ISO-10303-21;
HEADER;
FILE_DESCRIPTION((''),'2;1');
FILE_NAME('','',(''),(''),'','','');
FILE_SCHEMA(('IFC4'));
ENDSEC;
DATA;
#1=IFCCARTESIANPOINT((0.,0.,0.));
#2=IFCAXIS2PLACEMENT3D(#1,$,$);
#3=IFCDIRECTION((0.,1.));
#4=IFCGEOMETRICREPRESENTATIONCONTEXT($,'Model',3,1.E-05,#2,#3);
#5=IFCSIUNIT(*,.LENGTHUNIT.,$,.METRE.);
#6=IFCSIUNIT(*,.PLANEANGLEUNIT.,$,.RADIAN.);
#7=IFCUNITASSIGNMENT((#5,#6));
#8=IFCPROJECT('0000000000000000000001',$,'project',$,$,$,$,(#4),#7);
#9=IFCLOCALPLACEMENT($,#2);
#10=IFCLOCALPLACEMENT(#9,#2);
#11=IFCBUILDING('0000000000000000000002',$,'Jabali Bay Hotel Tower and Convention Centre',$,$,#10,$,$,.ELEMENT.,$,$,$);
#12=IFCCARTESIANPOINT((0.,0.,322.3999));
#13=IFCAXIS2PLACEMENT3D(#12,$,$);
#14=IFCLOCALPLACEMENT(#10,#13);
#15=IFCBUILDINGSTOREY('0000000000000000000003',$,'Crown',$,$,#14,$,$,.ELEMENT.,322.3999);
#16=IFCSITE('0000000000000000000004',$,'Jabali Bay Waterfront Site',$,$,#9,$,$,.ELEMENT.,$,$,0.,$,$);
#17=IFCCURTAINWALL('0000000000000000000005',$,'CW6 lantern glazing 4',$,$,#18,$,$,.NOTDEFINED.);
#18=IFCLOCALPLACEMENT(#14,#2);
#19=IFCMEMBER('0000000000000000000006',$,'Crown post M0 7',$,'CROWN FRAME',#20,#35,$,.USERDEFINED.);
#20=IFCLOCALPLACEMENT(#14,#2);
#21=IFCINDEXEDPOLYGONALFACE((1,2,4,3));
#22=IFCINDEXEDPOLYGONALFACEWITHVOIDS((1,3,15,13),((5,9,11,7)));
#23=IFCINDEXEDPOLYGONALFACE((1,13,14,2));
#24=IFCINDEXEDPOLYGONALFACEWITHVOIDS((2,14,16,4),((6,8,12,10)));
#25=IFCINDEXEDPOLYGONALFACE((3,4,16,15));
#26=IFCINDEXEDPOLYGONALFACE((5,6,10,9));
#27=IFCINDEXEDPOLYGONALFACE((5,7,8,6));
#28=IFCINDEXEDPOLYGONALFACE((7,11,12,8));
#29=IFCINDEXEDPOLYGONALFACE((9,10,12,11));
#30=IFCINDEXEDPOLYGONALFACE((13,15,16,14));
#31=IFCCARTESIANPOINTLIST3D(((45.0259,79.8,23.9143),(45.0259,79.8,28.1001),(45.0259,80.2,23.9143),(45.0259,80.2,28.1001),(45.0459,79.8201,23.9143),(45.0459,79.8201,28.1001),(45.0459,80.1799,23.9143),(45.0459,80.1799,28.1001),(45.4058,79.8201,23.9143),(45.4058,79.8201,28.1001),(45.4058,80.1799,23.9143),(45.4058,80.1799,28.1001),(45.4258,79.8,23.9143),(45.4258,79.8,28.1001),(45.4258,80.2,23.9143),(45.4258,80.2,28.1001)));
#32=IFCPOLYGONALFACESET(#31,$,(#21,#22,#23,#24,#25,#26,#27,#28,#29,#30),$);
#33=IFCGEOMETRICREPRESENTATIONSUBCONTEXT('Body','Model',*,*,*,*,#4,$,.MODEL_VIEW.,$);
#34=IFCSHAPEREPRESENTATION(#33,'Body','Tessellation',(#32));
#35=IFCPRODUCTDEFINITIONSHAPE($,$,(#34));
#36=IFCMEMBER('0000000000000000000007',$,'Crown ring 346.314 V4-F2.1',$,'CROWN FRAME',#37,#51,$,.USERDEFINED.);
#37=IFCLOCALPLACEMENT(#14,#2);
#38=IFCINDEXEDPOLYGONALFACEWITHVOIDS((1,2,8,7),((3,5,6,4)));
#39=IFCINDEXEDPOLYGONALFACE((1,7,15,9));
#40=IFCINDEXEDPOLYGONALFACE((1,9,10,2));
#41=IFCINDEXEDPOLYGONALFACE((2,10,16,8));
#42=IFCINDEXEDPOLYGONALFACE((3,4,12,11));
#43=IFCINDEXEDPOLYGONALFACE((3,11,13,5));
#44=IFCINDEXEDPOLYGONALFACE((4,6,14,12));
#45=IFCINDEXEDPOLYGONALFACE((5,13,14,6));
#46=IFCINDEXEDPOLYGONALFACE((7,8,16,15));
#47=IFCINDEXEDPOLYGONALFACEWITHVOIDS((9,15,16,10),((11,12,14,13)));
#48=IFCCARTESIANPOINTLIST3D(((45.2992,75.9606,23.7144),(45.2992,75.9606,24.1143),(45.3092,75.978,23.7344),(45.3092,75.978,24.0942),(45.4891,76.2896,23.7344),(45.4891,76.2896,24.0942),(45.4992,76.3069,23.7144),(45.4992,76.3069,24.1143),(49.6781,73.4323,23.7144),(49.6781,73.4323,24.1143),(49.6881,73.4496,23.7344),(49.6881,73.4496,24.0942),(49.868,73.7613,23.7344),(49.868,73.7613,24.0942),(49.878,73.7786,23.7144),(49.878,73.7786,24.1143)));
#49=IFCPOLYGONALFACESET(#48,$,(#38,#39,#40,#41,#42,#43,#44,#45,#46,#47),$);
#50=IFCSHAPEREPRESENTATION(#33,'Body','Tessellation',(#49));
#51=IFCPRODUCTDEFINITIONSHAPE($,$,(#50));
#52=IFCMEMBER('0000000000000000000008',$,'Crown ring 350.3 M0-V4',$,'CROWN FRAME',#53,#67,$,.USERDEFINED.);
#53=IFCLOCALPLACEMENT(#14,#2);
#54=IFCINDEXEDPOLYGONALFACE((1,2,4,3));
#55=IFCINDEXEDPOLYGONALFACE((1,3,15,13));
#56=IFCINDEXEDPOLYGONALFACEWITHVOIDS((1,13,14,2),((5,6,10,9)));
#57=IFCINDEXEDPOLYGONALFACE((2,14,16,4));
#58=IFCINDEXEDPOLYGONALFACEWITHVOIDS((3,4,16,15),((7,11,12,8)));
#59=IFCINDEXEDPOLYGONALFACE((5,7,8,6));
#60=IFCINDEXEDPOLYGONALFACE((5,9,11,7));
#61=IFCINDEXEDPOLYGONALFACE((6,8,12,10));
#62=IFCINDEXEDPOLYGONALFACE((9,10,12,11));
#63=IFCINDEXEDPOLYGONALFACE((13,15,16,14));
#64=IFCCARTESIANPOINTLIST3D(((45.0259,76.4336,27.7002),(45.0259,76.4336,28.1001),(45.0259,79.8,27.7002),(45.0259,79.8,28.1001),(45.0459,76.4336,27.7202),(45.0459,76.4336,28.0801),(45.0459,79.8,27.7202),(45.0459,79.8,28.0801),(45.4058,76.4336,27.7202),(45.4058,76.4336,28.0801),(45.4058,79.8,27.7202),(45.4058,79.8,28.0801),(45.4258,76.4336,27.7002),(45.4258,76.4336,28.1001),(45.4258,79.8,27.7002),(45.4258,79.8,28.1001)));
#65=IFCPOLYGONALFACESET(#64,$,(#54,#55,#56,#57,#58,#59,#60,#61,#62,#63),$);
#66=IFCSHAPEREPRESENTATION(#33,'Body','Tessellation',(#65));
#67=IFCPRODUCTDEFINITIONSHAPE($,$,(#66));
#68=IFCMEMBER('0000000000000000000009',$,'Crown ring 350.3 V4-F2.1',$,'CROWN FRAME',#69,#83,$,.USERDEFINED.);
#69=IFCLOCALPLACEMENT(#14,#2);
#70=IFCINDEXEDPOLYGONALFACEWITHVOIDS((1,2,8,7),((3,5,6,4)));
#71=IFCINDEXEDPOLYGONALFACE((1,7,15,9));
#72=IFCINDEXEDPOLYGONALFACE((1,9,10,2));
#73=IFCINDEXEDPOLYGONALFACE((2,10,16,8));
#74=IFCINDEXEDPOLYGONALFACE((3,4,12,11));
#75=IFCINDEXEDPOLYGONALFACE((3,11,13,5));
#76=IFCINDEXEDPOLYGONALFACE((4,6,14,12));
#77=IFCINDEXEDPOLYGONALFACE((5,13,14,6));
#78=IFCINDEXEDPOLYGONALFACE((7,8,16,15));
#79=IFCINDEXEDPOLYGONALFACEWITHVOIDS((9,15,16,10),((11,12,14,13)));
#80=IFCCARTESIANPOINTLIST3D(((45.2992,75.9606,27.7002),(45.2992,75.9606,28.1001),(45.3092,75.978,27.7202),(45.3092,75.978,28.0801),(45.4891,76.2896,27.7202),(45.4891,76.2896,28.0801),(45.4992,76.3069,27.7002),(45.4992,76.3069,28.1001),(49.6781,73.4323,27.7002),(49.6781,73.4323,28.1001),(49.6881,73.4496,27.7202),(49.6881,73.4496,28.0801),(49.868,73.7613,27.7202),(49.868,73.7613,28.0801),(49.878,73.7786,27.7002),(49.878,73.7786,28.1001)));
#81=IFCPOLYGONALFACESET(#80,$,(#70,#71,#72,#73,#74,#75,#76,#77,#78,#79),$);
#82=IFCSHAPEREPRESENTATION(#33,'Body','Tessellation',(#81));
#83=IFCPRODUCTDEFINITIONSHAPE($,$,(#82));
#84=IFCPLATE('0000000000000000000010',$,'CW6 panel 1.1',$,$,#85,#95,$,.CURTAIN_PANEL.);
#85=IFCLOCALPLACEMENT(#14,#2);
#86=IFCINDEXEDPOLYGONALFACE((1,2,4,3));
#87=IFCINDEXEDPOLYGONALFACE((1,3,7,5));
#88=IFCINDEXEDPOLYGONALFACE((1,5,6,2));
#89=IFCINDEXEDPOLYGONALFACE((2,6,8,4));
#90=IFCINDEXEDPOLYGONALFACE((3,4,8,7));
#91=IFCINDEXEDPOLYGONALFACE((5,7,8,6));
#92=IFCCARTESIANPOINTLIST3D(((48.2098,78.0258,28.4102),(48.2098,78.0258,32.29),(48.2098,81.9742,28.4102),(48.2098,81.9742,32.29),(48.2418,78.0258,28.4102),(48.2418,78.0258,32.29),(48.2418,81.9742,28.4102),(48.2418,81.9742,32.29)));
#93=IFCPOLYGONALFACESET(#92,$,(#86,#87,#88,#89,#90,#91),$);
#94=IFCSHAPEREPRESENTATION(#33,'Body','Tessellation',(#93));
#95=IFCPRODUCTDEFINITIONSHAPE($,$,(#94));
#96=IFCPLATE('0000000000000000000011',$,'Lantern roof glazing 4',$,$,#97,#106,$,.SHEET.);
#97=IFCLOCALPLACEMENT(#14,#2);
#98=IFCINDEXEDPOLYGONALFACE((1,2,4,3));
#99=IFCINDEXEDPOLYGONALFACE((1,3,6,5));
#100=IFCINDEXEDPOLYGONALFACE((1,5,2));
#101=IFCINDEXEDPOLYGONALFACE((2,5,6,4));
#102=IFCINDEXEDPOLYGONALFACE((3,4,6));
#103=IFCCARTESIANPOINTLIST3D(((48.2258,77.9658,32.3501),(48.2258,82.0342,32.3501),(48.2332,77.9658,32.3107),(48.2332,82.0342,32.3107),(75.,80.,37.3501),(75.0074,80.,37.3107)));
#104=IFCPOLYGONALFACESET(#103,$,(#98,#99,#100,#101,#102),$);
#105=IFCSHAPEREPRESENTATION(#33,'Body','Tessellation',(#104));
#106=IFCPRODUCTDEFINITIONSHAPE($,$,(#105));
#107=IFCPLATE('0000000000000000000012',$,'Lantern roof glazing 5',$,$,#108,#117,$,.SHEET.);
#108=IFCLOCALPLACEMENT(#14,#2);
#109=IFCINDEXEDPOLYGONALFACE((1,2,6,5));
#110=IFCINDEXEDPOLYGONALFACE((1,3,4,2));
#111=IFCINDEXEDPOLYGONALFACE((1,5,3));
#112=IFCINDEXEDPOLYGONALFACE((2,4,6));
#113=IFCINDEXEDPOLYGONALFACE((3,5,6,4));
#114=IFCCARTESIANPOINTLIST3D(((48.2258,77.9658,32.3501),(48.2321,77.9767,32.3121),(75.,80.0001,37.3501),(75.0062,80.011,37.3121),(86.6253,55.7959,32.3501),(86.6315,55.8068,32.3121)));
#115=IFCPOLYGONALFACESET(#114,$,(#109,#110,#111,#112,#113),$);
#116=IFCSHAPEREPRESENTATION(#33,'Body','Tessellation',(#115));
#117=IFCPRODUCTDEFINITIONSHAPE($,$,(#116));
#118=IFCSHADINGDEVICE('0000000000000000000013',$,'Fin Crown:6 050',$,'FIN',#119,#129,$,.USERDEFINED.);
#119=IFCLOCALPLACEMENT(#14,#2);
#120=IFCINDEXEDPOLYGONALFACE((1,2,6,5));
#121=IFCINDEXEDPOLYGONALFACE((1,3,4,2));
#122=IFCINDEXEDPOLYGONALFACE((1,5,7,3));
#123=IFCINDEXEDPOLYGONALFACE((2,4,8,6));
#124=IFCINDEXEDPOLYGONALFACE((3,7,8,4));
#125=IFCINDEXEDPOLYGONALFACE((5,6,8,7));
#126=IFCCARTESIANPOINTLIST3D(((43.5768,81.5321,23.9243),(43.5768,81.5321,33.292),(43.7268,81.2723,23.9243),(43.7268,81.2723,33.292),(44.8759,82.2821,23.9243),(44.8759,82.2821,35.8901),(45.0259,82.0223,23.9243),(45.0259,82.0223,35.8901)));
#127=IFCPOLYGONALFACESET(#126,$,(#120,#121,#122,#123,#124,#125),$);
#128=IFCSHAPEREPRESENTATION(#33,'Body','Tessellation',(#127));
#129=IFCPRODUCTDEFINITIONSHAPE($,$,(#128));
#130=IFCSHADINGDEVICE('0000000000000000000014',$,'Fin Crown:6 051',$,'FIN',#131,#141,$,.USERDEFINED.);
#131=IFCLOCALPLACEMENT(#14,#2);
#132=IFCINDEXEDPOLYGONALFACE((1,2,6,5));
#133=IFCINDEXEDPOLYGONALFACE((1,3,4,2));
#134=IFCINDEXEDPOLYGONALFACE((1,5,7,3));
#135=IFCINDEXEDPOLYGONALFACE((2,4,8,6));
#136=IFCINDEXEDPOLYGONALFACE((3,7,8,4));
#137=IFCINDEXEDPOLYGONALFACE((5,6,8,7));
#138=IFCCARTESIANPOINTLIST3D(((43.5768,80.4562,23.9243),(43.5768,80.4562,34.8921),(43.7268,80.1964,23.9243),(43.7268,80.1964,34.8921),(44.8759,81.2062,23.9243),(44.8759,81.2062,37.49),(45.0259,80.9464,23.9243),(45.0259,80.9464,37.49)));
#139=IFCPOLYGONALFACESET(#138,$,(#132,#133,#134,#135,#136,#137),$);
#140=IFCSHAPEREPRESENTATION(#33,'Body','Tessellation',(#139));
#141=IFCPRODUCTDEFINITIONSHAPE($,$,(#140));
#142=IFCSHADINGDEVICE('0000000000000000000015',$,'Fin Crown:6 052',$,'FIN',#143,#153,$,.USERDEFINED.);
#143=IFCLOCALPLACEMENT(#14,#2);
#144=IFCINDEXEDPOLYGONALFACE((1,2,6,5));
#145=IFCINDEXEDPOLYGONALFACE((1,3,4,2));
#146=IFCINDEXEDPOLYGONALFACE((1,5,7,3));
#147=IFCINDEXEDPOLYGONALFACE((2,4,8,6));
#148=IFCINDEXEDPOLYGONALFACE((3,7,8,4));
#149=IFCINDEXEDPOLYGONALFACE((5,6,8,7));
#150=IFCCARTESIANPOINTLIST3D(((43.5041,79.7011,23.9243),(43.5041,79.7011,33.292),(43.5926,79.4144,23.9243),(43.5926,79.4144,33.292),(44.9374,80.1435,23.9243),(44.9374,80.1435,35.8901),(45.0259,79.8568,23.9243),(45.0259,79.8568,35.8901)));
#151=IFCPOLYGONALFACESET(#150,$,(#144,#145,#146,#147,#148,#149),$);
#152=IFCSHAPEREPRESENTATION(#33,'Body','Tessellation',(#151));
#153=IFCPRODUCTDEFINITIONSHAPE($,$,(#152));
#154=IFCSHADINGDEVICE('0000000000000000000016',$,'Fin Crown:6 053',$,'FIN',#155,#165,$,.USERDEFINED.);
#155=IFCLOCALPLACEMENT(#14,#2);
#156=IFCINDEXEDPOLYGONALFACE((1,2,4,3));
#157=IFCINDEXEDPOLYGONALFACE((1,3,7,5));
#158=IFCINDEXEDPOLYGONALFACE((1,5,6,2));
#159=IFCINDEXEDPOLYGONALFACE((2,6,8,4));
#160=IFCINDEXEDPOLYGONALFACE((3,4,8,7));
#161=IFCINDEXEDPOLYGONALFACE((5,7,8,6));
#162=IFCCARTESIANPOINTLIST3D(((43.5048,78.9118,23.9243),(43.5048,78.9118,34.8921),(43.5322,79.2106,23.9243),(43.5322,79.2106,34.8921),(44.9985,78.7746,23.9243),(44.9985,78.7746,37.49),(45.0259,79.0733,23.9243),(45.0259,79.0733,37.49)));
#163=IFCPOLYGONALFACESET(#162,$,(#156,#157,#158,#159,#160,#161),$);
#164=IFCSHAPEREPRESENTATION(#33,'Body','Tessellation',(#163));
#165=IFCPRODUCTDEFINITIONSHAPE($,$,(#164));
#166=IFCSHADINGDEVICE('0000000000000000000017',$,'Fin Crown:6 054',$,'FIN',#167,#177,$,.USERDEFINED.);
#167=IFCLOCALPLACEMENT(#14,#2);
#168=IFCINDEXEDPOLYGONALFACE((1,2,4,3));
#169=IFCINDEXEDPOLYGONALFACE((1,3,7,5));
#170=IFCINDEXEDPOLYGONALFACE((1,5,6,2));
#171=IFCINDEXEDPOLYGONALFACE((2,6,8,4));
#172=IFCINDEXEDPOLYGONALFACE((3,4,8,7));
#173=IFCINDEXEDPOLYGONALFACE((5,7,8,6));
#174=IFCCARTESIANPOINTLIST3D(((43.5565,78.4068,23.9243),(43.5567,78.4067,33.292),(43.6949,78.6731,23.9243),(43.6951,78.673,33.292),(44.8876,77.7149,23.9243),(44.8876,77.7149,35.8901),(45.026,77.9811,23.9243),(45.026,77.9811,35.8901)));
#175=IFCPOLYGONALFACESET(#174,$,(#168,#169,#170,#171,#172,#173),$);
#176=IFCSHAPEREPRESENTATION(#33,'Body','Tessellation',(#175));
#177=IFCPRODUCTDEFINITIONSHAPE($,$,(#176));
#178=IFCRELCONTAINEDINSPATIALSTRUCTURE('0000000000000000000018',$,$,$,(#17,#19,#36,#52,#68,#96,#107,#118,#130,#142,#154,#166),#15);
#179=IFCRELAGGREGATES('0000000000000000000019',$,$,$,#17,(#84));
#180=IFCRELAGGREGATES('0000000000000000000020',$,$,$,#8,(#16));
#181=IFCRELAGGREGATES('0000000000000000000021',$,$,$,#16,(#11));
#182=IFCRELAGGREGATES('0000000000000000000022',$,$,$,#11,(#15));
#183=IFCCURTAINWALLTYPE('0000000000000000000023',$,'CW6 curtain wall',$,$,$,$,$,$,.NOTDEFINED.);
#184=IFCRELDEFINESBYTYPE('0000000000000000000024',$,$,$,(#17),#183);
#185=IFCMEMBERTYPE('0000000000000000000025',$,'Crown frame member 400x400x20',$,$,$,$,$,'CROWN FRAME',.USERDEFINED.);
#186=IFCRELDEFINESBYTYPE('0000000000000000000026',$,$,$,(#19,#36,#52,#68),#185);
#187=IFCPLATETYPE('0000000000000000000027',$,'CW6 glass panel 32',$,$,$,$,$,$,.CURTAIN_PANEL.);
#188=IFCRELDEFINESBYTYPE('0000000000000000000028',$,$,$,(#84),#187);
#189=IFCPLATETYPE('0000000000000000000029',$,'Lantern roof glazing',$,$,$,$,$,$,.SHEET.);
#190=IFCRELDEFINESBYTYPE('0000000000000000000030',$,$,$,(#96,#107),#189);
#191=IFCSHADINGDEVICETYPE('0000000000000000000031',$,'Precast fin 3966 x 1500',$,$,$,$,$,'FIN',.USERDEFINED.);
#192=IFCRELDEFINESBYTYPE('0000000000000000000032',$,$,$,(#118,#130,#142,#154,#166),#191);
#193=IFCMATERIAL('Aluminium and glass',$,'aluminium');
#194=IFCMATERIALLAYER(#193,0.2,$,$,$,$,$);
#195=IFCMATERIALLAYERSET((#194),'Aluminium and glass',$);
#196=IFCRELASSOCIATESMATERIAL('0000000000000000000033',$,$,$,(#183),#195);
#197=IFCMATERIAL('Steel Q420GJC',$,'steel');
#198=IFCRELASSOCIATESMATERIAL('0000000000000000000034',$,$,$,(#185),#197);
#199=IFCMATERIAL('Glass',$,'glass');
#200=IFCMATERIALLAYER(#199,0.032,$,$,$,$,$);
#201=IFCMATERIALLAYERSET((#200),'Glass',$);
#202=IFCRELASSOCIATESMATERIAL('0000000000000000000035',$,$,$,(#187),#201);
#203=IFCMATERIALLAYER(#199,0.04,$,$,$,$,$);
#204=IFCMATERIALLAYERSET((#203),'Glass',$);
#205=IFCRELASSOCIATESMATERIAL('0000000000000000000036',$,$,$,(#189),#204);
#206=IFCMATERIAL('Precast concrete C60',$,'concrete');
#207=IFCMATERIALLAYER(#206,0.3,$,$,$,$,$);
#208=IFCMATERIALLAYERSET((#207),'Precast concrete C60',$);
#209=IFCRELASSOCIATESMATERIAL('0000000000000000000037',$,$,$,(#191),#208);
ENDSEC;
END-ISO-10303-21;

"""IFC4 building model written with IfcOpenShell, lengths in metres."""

from ifc_helpers import new_model, si_unit, direction, frame, origin, origin_2d, place, context, subcontext, project, spatial, polyline, rectangle, hollow_rectangle, outline, extrude, material, layer, layer_set, material_profile, profile_set, type_object, element, aggregate, save


model = new_model("IFC4")

# Units and contexts
model_context = context("Model", 3, precision=1e-05, world=origin(), true_north=direction((0.0, 1.0)))
body_context = subcontext(model_context, "Body", "Model", "MODEL_VIEW")
ifc_project = project(units=[si_unit("LENGTHUNIT", "METRE"), si_unit("PLANEANGLEUNIT", "RADIAN")], contexts=[model_context])

# Site, building, storey
site_placement = place(None, origin())
site = spatial("IfcSite", under=ifc_project, at=site_placement, Name="Jabali Bay Waterfront Site", CompositionType="ELEMENT", RefElevation=0.0)
building_placement = place(site_placement, origin())
building = spatial("IfcBuilding", under=site, at=building_placement, Name="Jabali Bay Hotel Tower and Convention Centre", CompositionType="ELEMENT")
storey_placement = place(building_placement, frame((0.0, 0.0, 322.3999)))
storey = spatial("IfcBuildingStorey", under=building, at=storey_placement, Name="Crown", CompositionType="ELEMENT", Elevation=322.3999)

# Shared definitions
ifc_material_1 = material(Name="Aluminium and glass", Category="aluminium")
ifc_layer_1 = layer(ifc_material_1, 0.2)
ifc_layer_set_1 = layer_set([ifc_layer_1], Name="Aluminium and glass")
curtain_wall_type = type_object("IfcCurtainWallType", Name="CW6 curtain wall", PredefinedType="NOTDEFINED", material=ifc_layer_set_1)

# Curtain wall
curtain_wall_1_placement = place(storey_placement, origin())
curtain_wall_1 = element("IfcCurtainWall", 1, at=curtain_wall_1_placement, inside=storey, type_object=curtain_wall_type, Name="CW6 lantern glazing 4", PredefinedType="NOTDEFINED")

# Members
ifc_material_2 = material(Name="Steel Q420GJC", Category="steel")
ifc_material_profile_1 = material_profile(ifc_material_2, hollow_rectangle(XDim=0.3999, YDim=0.3999, WallThickness=0.02, at=origin_2d()), Name="Crown frame member 400x400x20")
ifc_profile_set_1 = profile_set([ifc_material_profile_1], Name="Steel Q420GJC")
member_type_1 = type_object("IfcMemberType", Name="Crown frame member 400x400x20", ElementType="CROWN FRAME", PredefinedType="USERDEFINED", material=ifc_profile_set_1)
member_1_placement = place(storey_placement, frame((45.2258, 80.0, 23.9143), z_axis=(0.0, 0.0, 1.0), x_axis=(1.0, 0.0, 0.0)))
element("IfcMember", 2, at=member_1_placement, inside=storey, type_object=member_type_1, Name="Crown post M0 7", ObjectType="CROWN FRAME", PredefinedType="USERDEFINED", context=body_context, shape_type="SweptSolid", body=[
    extrude(hollow_rectangle(XDim=0.3999, YDim=0.3999, WallThickness=0.02, at=origin_2d()), origin(), (0.0, 0.0, 1.0), 4.1858),
])
member_2_placement = place(storey_placement, frame((45.3992, 76.1338, 23.9143), z_axis=(0.866012, -0.500023, 0.0), x_axis=(0.500023, 0.866012, 0.0)))
element("IfcMember", 3, at=member_2_placement, inside=storey, type_object=member_type_1, Name="Crown ring 346.314 V4-F2.1", ObjectType="CROWN FRAME", PredefinedType="USERDEFINED", context=body_context, shape_type="SweptSolid", body=[
    extrude(hollow_rectangle(XDim=0.3999, YDim=0.3999, WallThickness=0.02, at=origin_2d()), origin(), (0.0, 0.0, 1.0), 5.0564),
])
member_3_placement = place(storey_placement, frame((45.2258, 79.8, 27.9001), z_axis=(0.0, -1.0, 0.0), x_axis=(1.0, 0.0, 0.0)))
element("IfcMember", 4, at=member_3_placement, inside=storey, type_object=member_type_1, Name="Crown ring 350.3 M0-V4", ObjectType="CROWN FRAME", PredefinedType="USERDEFINED", context=body_context, shape_type="SweptSolid", body=[
    extrude(hollow_rectangle(XDim=0.3999, YDim=0.3999, WallThickness=0.02, at=origin_2d()), origin(), (0.0, 0.0, 1.0), 3.3665),
])
member_4_placement = place(storey_placement, frame((45.3992, 76.1338, 27.9001), z_axis=(0.866012, -0.500023, 0.0), x_axis=(0.500023, 0.866012, 0.0)))
element("IfcMember", 5, at=member_4_placement, inside=storey, type_object=member_type_1, Name="Crown ring 350.3 V4-F2.1", ObjectType="CROWN FRAME", PredefinedType="USERDEFINED", context=body_context, shape_type="SweptSolid", body=[
    extrude(hollow_rectangle(XDim=0.3999, YDim=0.3999, WallThickness=0.02, at=origin_2d()), origin(), (0.0, 0.0, 1.0), 5.0564),
])

# Plate
ifc_material_3 = material(Name="Glass", Category="glass")
ifc_layer_2 = layer(ifc_material_3, 0.032)
ifc_layer_set_2 = layer_set([ifc_layer_2], Name="Glass")
plate_type_1 = type_object("IfcPlateType", Name="CW6 glass panel 32", PredefinedType="CURTAIN_PANEL", material=ifc_layer_set_2)
plate_1_placement = place(storey_placement, frame((48.2258, 80.0, 28.4102), z_axis=(0.0, 0.0, 1.0), x_axis=(0.0, -1.0, 0.0)))
plate_1 = element("IfcPlate", 6, at=plate_1_placement, type_object=plate_type_1, Name="CW6 panel 1.1", PredefinedType="CURTAIN_PANEL", context=body_context, shape_type="SweptSolid", body=[
    extrude(rectangle(XDim=3.9485, YDim=0.032, at=origin_2d()), origin(), (0.0, 0.0, 1.0), 3.8799),
])
aggregate(curtain_wall_1, [plate_1])

# Plates
ifc_layer_3 = layer(ifc_material_3, 0.04)
ifc_layer_set_3 = layer_set([ifc_layer_3], Name="Glass")
plate_type_2 = type_object("IfcPlateType", Name="Lantern roof glazing", PredefinedType="SHEET", material=ifc_layer_set_3)
plate_2_placement = place(storey_placement, frame((48.2258, 82.0342, 32.3501), z_axis=(-0.183574, 0.0, 0.983006), x_axis=(0.0, -1.0, 0.0)))
element("IfcPlate", 7, at=plate_2_placement, inside=storey, type_object=plate_type_2, Name="Lantern roof glazing 4", PredefinedType="SHEET", context=body_context, shape_type="SweptSolid", body=[
    extrude(outline(polyline([(0.0, 0.0), (4.0684, 0.0), (2.0342, 27.2371), (0.0, 0.0)])), origin(), (0.0, 0.0, -1.0), 0.04),
])
plate_3_placement = place(storey_placement, frame((48.2258, 77.9658, 32.3501), z_axis=(-0.156715, -0.271438, 0.949612), x_axis=(0.866025, -0.5, 0.0)))
element("IfcPlate", 8, at=plate_3_placement, inside=storey, type_object=plate_type_2, Name="Lantern roof glazing 5", PredefinedType="SHEET", context=body_context, shape_type="SweptSolid", body=[
    extrude(outline(polyline([(0.0, 0.0), (44.3398, 0.0), (22.1699, 15.9526), (0.0, 0.0)])), origin(), (0.0, 0.0, -1.0), 0.04),
])

# Shading devices
ifc_material_4 = material(Name="Precast concrete C60", Category="concrete")
ifc_layer_4 = layer(ifc_material_4, 0.3)
ifc_layer_set_4 = layer_set([ifc_layer_4], Name="Precast concrete C60")
shading_device_type = type_object("IfcShadingDeviceType", Name="Precast fin 3966 x 1500", ElementType="FIN", PredefinedType="USERDEFINED", material=ifc_layer_set_4)
shading_device_1_placement = place(storey_placement, frame((44.9509, 82.1521, 23.9243), z_axis=(0.0, 0.0, 1.0), x_axis=(-0.866031, -0.49999, 0.0)))
element("IfcShadingDevice", 9, at=shading_device_1_placement, inside=storey, type_object=shading_device_type, Name="Fin Crown:6 050", ObjectType="FIN", PredefinedType="USERDEFINED", context=body_context, shape_type="SweptSolid", body=[
    extrude(outline(polyline([(0.0, 0.0), (1.5, 0.0), (1.5, 9.3677), (0.0, 11.9658), (0.0, 0.0)])), frame((0.0, 0.1499, 0.0), z_axis=(0.0, -1.0, 0.0), x_axis=(1.0, 0.0, 0.0)), (0.0, 0.0, 1.0), 0.3),
])
shading_device_2_placement = place(storey_placement, frame((44.9509, 81.0762, 23.9243), z_axis=(0.0, 0.0, 1.0), x_axis=(-0.866031, -0.49999, 0.0)))
element("IfcShadingDevice", 10, at=shading_device_2_placement, inside=storey, type_object=shading_device_type, Name="Fin Crown:6 051", ObjectType="FIN", PredefinedType="USERDEFINED", context=body_context, shape_type="SweptSolid", body=[
    extrude(outline(polyline([(0.0, 0.0), (1.5, 0.0), (1.5, 10.9678), (0.0, 13.5657), (0.0, 0.0)])), frame((0.0, 0.1499, 0.0), z_axis=(0.0, -1.0, 0.0), x_axis=(1.0, 0.0, 0.0)), (0.0, 0.0, 1.0), 0.3),
])
shading_device_3_placement = place(storey_placement, frame((44.9817, 80.0, 23.9243), z_axis=(0.0, 0.0, 1.0), x_axis=(-0.955525, -0.294909, 0.0)))
element("IfcShadingDevice", 11, at=shading_device_3_placement, inside=storey, type_object=shading_device_type, Name="Fin Crown:6 052", ObjectType="FIN", PredefinedType="USERDEFINED", context=body_context, shape_type="SweptSolid", body=[
    extrude(outline(polyline([(0.0, 0.0), (1.5, 0.0), (1.5, 9.3677), (0.0, 11.9658), (0.0, 0.0)])), frame((0.0, 0.1499, 0.0), z_axis=(0.0, -1.0, 0.0), x_axis=(1.0, 0.0, 0.0)), (0.0, 0.0, 1.0), 0.3),
])
shading_device_4_placement = place(storey_placement, frame((45.0122, 78.9238, 23.9243), z_axis=(0.0, 0.0, 1.0), x_axis=(-0.995807, 0.091475, 0.0)))
element("IfcShadingDevice", 12, at=shading_device_4_placement, inside=storey, type_object=shading_device_type, Name="Fin Crown:6 053", ObjectType="FIN", PredefinedType="USERDEFINED", context=body_context, shape_type="SweptSolid", body=[
    extrude(outline(polyline([(0.0, 0.0), (1.5, 0.0), (1.5, 10.9678), (0.0, 13.5657), (0.0, 0.0)])), frame((0.0, 0.1499, 0.0), z_axis=(0.0, -1.0, 0.0), x_axis=(1.0, 0.0, 0.0)), (0.0, 0.0, 1.0), 0.3),
])
shading_device_5_placement = place(storey_placement, frame((44.9568, 77.8479, 23.9243), z_axis=(0.0, 0.0, 1.0), x_axis=(-0.887286, 0.46122, 0.0)))
element("IfcShadingDevice", 13, at=shading_device_5_placement, inside=storey, type_object=shading_device_type, Name="Fin Crown:6 054", ObjectType="FIN", PredefinedType="USERDEFINED", context=body_context, shape_type="SweptSolid", body=[
    extrude(outline(polyline([(0.0, 0.0), (1.5002, 0.0), (1.5, 9.3677), (0.0, 11.9658), (0.0, 0.0)])), frame((0.0, 0.1499, 0.0), z_axis=(0.0, -1.0, 0.0), x_axis=(1.0, 0.0, 0.0)), (0.0, 0.0, 1.0), 0.3),
])

save(model, "model.ifc")
